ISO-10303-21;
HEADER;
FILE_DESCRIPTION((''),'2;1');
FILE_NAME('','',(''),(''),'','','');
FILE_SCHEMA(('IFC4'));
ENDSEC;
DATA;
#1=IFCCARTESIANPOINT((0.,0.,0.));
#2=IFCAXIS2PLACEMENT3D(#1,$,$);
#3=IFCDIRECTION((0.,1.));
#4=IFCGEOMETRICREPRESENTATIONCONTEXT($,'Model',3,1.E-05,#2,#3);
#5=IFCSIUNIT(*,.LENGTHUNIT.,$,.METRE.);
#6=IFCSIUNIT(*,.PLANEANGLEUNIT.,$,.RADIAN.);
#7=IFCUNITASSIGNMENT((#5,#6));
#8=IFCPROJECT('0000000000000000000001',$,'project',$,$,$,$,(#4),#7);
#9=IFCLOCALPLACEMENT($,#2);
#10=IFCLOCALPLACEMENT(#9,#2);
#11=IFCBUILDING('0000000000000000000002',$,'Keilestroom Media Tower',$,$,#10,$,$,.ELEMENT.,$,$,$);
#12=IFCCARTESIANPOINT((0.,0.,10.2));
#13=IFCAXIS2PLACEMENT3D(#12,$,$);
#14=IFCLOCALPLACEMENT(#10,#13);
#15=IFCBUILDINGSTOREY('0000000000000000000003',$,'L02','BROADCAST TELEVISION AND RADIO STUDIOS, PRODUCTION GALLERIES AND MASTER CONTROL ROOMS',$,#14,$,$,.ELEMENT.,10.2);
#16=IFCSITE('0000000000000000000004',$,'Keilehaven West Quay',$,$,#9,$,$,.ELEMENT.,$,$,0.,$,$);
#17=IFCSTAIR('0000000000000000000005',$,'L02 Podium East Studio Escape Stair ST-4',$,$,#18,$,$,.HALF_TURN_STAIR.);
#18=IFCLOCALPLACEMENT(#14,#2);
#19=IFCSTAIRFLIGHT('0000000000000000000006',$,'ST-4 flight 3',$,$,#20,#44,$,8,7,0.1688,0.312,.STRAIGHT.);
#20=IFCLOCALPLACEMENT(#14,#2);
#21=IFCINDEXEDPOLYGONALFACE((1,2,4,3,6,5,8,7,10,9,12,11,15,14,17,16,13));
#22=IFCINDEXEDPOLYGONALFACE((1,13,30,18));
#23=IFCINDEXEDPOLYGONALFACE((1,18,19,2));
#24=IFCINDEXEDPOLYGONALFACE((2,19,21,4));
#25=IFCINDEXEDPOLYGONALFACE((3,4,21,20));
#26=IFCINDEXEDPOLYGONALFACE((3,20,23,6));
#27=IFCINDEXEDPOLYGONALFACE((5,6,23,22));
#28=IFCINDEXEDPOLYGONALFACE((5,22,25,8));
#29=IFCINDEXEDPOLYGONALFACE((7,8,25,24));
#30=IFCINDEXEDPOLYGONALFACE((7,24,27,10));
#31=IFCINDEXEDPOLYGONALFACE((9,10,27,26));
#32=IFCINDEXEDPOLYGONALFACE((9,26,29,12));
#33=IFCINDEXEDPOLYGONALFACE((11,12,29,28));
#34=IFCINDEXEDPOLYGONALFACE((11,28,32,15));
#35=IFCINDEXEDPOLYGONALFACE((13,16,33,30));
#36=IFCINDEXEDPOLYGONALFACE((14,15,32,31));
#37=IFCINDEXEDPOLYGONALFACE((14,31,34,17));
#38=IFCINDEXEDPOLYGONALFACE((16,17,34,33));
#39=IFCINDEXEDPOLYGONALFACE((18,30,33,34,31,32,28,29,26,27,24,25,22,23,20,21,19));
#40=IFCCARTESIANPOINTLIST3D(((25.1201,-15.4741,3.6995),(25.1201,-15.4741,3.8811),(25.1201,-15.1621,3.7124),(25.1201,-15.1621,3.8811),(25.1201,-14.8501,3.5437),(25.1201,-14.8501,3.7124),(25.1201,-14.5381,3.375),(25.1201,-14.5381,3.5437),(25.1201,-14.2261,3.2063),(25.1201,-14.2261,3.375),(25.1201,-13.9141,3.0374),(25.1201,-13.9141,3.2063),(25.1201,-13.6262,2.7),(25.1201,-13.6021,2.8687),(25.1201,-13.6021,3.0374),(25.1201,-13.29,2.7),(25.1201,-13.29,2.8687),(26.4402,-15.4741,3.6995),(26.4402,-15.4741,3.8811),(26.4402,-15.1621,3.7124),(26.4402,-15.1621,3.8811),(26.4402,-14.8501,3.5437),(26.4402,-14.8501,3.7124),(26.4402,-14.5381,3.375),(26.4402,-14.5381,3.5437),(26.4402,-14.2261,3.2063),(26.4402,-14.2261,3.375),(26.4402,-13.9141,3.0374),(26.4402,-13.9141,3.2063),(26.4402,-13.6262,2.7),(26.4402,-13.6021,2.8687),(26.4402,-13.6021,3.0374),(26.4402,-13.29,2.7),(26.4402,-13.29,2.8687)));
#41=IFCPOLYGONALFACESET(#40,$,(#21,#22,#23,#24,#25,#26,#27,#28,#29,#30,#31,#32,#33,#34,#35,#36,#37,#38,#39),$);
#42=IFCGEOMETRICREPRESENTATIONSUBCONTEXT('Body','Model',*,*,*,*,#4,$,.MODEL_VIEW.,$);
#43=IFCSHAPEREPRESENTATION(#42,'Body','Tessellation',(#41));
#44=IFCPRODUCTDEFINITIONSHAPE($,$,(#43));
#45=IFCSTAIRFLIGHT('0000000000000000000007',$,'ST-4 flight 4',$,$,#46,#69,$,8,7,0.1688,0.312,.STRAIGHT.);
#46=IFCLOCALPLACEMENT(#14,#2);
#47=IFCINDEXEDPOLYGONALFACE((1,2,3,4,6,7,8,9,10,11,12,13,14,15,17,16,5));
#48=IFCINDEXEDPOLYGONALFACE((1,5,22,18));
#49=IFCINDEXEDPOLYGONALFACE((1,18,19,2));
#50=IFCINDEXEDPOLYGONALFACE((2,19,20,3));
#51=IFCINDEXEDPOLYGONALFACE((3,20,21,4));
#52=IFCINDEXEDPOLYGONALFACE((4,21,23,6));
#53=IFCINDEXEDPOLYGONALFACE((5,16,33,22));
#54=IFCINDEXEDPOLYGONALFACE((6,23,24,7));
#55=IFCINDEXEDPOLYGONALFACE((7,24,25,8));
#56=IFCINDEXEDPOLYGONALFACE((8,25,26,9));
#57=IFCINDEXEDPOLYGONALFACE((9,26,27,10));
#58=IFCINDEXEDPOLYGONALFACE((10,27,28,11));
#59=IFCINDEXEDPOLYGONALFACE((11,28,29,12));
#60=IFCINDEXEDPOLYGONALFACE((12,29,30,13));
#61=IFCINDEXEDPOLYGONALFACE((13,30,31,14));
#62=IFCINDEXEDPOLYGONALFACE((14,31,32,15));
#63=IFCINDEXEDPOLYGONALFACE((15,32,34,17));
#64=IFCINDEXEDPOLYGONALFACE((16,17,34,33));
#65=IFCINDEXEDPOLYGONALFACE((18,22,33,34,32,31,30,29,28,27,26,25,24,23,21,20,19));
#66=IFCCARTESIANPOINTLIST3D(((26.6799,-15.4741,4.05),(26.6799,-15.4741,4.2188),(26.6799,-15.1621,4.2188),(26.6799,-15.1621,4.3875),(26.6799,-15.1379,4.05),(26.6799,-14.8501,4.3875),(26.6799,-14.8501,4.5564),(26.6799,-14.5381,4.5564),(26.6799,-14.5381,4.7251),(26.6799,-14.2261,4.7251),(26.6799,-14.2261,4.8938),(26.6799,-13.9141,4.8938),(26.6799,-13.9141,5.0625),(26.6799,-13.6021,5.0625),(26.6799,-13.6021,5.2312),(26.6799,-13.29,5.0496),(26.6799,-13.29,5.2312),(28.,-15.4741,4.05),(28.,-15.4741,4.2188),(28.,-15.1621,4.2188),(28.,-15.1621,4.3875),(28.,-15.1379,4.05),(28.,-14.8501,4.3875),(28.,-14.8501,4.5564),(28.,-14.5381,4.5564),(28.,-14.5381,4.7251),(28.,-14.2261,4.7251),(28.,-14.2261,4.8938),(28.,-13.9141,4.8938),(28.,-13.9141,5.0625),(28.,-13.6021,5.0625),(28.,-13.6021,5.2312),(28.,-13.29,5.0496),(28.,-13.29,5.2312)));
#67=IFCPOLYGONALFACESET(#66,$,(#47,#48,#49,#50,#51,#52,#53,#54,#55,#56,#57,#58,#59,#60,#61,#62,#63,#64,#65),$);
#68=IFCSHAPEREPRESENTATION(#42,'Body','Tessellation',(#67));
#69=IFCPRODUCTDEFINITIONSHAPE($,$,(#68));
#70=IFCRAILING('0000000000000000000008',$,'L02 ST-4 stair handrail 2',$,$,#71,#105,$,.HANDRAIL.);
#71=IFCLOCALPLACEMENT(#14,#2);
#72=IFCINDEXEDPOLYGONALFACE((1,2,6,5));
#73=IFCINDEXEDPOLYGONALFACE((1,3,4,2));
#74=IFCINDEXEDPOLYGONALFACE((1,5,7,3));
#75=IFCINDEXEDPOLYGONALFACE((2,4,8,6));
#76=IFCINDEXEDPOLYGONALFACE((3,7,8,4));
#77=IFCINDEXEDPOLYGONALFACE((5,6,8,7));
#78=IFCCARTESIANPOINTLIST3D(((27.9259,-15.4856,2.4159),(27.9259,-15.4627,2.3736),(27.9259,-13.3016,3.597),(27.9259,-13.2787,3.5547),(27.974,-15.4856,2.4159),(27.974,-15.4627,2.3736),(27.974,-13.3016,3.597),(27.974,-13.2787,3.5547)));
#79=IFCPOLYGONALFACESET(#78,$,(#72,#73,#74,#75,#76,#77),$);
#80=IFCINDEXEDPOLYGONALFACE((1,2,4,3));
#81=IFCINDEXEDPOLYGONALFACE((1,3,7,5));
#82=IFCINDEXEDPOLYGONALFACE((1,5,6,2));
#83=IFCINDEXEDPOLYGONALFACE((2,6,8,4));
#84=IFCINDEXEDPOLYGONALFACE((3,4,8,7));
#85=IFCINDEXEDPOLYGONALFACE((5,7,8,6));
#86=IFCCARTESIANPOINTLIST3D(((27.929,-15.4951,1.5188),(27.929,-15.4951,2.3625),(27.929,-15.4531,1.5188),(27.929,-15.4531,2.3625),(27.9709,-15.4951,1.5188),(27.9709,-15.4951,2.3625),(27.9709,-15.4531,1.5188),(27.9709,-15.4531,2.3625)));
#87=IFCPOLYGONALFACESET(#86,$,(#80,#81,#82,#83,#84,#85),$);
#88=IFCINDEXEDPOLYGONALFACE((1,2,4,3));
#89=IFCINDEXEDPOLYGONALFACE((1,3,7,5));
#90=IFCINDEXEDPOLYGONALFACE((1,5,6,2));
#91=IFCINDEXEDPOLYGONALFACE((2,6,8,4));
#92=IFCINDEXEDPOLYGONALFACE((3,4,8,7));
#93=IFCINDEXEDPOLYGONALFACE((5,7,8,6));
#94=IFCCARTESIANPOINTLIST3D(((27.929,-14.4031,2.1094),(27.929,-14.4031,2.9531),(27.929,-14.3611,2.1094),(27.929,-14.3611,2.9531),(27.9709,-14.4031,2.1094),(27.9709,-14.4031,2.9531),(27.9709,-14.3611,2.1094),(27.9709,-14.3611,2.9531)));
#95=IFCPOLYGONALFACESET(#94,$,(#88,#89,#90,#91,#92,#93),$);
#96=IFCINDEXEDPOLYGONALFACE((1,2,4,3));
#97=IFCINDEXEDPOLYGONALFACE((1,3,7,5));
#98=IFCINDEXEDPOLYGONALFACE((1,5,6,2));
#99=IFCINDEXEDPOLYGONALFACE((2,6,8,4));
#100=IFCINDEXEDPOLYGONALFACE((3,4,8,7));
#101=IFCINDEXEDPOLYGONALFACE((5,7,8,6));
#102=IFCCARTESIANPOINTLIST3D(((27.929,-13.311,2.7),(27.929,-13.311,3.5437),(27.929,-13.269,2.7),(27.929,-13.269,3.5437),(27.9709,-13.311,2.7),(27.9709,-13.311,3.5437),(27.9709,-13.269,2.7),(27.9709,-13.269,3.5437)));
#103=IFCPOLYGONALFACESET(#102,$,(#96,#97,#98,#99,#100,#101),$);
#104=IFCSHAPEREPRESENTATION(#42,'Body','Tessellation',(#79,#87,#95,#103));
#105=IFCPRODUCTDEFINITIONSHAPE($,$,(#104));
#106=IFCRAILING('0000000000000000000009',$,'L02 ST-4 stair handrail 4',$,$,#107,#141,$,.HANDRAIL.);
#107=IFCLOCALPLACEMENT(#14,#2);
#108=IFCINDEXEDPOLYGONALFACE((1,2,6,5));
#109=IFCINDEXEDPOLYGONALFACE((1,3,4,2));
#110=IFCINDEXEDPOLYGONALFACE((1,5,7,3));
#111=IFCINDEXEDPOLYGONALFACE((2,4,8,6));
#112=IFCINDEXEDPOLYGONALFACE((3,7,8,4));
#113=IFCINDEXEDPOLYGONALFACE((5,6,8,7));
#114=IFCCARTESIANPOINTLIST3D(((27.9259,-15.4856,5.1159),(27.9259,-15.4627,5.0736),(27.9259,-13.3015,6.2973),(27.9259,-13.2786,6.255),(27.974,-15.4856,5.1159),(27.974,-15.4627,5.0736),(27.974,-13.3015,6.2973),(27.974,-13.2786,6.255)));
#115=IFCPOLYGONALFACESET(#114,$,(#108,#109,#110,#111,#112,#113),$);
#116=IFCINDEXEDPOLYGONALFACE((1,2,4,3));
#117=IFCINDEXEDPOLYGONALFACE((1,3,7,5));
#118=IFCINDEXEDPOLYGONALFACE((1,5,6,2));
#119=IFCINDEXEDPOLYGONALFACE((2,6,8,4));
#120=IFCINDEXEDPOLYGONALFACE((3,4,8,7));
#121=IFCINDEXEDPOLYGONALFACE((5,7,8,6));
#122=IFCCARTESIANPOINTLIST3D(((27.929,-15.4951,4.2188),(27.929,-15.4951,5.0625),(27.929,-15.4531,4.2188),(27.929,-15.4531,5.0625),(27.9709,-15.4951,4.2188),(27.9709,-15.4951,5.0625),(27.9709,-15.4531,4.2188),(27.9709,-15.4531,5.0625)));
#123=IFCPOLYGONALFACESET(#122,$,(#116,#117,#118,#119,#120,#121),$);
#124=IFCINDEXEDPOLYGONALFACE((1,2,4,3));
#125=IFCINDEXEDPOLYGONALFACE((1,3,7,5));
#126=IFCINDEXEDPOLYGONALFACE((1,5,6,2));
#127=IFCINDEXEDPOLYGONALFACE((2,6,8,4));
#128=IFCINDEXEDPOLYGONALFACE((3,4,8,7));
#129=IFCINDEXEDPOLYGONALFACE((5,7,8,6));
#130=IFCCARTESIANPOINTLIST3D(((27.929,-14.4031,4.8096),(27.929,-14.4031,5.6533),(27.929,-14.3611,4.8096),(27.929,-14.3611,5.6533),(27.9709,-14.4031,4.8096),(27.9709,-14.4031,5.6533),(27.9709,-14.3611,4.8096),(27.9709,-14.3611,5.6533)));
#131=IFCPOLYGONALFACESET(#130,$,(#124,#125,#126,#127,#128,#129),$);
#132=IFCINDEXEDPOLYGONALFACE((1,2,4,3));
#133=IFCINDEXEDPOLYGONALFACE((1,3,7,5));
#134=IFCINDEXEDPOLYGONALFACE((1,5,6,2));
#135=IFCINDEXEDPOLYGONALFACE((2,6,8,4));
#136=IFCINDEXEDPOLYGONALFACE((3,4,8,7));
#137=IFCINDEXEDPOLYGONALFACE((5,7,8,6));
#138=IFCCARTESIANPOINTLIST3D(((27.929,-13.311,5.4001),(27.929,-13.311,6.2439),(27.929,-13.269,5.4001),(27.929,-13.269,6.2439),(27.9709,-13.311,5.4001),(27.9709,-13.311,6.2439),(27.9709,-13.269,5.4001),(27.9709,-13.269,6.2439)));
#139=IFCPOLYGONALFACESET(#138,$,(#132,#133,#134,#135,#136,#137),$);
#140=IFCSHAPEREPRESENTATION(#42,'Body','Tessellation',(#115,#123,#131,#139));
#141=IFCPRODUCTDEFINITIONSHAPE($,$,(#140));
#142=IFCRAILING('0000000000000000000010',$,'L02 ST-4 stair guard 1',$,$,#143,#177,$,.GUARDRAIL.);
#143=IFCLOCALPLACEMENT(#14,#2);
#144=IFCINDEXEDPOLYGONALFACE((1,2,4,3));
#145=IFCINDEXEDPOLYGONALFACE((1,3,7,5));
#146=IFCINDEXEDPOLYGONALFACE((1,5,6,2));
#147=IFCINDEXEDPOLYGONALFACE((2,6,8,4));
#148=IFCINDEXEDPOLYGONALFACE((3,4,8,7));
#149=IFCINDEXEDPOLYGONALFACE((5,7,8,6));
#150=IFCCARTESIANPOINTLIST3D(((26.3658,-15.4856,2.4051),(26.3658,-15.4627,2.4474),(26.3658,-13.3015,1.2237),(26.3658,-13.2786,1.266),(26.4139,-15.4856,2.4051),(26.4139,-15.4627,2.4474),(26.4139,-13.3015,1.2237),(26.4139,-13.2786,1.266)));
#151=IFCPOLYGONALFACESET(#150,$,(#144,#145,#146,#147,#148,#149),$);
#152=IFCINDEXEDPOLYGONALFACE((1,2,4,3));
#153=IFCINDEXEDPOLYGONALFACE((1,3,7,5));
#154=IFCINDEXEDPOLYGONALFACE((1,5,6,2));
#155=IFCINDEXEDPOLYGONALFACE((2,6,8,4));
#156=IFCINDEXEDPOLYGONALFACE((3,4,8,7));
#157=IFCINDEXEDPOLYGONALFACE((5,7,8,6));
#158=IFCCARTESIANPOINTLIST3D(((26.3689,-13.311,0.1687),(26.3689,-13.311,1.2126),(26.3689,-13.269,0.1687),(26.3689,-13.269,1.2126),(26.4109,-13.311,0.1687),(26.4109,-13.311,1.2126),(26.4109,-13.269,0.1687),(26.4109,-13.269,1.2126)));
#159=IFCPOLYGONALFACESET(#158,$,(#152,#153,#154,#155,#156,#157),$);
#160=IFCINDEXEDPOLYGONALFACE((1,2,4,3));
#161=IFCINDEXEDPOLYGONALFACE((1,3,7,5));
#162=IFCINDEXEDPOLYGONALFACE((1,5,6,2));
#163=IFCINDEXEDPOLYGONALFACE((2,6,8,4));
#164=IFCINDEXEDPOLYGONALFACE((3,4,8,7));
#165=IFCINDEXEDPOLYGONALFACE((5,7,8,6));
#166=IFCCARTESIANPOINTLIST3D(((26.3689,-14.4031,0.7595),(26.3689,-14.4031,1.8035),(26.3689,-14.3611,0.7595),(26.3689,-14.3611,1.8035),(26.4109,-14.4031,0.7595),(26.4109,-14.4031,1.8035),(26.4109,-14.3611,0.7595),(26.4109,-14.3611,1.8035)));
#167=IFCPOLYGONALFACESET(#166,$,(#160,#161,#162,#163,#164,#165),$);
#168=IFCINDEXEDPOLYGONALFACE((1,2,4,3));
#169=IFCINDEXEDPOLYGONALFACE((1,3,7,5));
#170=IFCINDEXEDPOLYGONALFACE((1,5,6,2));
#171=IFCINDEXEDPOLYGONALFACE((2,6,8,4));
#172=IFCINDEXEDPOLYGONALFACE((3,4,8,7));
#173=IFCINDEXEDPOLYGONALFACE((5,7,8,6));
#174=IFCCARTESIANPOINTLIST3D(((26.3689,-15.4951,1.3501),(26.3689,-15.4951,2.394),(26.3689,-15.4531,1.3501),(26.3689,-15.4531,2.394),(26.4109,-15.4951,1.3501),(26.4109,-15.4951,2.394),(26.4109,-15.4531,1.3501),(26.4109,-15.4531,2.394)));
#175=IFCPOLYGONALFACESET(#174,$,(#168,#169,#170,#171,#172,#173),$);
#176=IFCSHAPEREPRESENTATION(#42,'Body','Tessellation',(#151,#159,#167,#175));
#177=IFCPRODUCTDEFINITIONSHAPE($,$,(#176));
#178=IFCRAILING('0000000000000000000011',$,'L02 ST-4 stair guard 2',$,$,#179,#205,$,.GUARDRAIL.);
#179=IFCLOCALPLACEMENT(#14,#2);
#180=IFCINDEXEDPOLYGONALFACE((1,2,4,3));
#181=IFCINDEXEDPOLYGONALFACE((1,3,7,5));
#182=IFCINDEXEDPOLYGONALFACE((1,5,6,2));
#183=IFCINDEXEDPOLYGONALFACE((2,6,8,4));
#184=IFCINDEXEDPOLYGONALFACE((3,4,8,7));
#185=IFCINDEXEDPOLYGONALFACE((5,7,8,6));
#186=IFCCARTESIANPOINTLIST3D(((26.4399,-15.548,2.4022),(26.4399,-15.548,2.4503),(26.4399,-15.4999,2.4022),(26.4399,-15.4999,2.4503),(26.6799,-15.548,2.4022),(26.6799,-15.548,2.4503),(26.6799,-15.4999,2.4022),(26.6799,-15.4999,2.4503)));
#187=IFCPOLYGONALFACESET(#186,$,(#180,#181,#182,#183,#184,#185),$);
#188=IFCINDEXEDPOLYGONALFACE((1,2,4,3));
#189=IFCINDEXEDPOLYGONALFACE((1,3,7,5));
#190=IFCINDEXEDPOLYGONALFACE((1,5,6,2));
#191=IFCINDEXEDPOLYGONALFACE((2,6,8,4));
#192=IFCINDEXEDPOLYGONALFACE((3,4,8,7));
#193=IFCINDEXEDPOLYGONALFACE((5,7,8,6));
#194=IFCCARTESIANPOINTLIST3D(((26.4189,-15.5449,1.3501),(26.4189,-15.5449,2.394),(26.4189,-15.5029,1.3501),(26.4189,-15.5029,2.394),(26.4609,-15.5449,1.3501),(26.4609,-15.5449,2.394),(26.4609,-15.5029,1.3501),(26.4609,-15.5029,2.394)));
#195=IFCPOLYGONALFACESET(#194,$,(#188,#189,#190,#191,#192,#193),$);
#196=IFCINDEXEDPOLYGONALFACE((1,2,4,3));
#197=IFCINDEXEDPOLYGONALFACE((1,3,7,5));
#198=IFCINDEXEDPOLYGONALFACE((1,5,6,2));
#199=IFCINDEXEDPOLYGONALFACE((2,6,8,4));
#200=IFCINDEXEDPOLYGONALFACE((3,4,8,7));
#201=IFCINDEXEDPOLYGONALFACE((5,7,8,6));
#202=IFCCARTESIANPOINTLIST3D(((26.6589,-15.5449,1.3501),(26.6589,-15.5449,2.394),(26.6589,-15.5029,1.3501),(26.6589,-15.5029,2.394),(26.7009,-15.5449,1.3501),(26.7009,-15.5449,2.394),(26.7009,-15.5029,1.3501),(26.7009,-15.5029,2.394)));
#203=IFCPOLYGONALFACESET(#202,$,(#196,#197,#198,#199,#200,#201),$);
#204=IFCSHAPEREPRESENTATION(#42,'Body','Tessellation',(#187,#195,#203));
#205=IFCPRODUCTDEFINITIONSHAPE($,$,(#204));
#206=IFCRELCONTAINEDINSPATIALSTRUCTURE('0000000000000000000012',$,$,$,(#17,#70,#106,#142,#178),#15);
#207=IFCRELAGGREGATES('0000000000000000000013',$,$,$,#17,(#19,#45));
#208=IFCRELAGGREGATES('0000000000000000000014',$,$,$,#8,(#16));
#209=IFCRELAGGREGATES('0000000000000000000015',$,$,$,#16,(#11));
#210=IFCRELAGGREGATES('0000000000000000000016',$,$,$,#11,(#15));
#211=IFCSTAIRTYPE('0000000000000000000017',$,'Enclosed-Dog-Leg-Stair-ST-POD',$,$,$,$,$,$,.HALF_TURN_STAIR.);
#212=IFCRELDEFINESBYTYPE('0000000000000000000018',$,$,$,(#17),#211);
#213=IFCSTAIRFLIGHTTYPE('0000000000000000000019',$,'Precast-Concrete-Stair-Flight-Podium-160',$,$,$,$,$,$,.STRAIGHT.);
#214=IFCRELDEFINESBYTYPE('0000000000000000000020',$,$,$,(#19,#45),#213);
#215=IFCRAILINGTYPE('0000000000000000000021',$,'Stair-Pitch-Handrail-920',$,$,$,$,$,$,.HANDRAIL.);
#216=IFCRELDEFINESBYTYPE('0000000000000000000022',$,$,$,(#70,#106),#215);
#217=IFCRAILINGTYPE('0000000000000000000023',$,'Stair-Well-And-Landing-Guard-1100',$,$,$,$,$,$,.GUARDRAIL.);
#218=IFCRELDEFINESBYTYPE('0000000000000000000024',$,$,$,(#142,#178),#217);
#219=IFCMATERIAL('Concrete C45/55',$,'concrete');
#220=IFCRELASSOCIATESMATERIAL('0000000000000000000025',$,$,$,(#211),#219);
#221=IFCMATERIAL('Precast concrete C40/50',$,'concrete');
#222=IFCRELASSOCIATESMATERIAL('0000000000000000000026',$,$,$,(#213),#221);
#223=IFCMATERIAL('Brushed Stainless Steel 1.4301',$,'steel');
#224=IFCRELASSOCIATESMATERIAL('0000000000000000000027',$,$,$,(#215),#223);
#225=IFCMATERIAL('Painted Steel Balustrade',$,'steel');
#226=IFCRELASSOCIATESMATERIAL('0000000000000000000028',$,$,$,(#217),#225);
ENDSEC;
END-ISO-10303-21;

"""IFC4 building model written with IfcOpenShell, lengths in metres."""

from ifc_helpers import new_model, si_unit, direction, frame, origin, origin_2d, place, context, subcontext, project, spatial, polyline, rectangle, outline, extrude, material, type_object, element, aggregate, save


model = new_model("IFC4")

# Units and contexts
model_context = context("Model", 3, precision=1e-05, world=origin(), true_north=direction((0.0, 1.0)))
body_context = subcontext(model_context, "Body", "Model", "MODEL_VIEW")
ifc_project = project(units=[si_unit("LENGTHUNIT", "METRE"), si_unit("PLANEANGLEUNIT", "RADIAN")], contexts=[model_context])

# Site, building, storey
site_placement = place(None, origin())
site = spatial("IfcSite", under=ifc_project, at=site_placement, Name="Keilehaven West Quay", CompositionType="ELEMENT", RefElevation=0.0)
building_placement = place(site_placement, origin())
building = spatial("IfcBuilding", under=site, at=building_placement, Name="Keilestroom Media Tower", CompositionType="ELEMENT")
storey_placement = place(building_placement, frame((0.0, 0.0, 10.2)))
storey = spatial("IfcBuildingStorey", under=building, at=storey_placement, Name="L02", Description="BROADCAST TELEVISION AND RADIO STUDIOS, PRODUCTION GALLERIES AND MASTER CONTROL ROOMS", CompositionType="ELEMENT", Elevation=10.2)

# Shared definitions
ifc_material_1 = material(Name="Precast concrete C40/50", Category="concrete")

# Stair, stair flights
ifc_material_2 = material(Name="Concrete C45/55", Category="concrete")
stair_type = type_object("IfcStairType", Name="Enclosed-Dog-Leg-Stair-ST-POD", PredefinedType="HALF_TURN_STAIR", material=ifc_material_2)
stair_placement = place(storey_placement, origin())
stair = element("IfcStair", 1, at=stair_placement, inside=storey, type_object=stair_type, Name="L02 Podium East Studio Escape Stair ST-4", PredefinedType="HALF_TURN_STAIR")
stair_flight_type = type_object("IfcStairFlightType", Name="Precast-Concrete-Stair-Flight-Podium-160", PredefinedType="STRAIGHT", material=ifc_material_1)
stair_flight_1_placement = place(storey_placement, frame((25.78, -13.29, 2.7), z_axis=(0.0, 0.0, 1.0), x_axis=(0.0, -1.0, 0.0)))
stair_flight_1 = element("IfcStairFlight", 2, at=stair_flight_1_placement, type_object=stair_flight_type, Name="ST-4 flight 3", NumberOfRisers=8, NumberOfTreads=7, PredefinedType="STRAIGHT", RiserHeight=0.1688, TreadLength=0.312, context=body_context, shape_type="SweptSolid", body=[
    extrude(outline(polyline([(0.0, 0.0), (0.0, 0.1687), (0.312, 0.1687), (0.312, 0.3374), (0.624, 0.3374), (0.624, 0.5063), (0.936, 0.5063), (0.936, 0.675), (1.248, 0.675), (1.248, 0.8438), (1.5601, 0.8438), (1.5601, 1.0125), (1.8721, 1.0125), (1.8721, 1.1812), (2.1841, 1.1812), (2.1841, 1.3501), (2.1841, 0.9995), (0.3362, 0.0), (0.0, 0.0)])), frame((0.0, 0.6602, 0.0), z_axis=(0.0, -1.0, 0.0), x_axis=(1.0, 0.0, 0.0)), (0.0, 0.0, 1.0), 1.3201),
])
stair_flight_2_placement = place(storey_placement, frame((27.3401, -15.4741, 4.05), z_axis=(0.0, 0.0, 1.0), x_axis=(0.0, 1.0, 0.0)))
stair_flight_2 = element("IfcStairFlight", 3, at=stair_flight_2_placement, type_object=stair_flight_type, Name="ST-4 flight 4", NumberOfRisers=8, NumberOfTreads=7, PredefinedType="STRAIGHT", RiserHeight=0.1688, TreadLength=0.312, context=body_context, shape_type="SweptSolid", body=[
    extrude(outline(polyline([(0.0, 0.0), (0.0, 0.1687), (0.312, 0.1687), (0.312, 0.3374), (0.624, 0.3374), (0.624, 0.5063), (0.936, 0.5063), (0.936, 0.675), (1.248, 0.675), (1.248, 0.8438), (1.5601, 0.8438), (1.5601, 1.0125), (1.8721, 1.0125), (1.8721, 1.1812), (2.1841, 1.1812), (2.1841, 1.3501), (2.1841, 0.9995), (0.3362, 0.0), (0.0, 0.0)])), frame((0.0, 0.6602, 0.0), z_axis=(0.0, -1.0, 0.0), x_axis=(1.0, 0.0, 0.0)), (0.0, 0.0, 1.0), 1.3201),
])
aggregate(stair, [stair_flight_1, stair_flight_2])

# Railings
ifc_material_3 = material(Name="Brushed Stainless Steel 1.4301", Category="steel")
railing_type_1 = type_object("IfcRailingType", Name="Stair-Pitch-Handrail-920", PredefinedType="HANDRAIL", material=ifc_material_3)
railing_1_placement = place(storey_placement, frame((27.95, -15.4741, 1.5188)))
element("IfcRailing", 4, at=railing_1_placement, inside=storey, type_object=railing_type_1, Name="L02 ST-4 stair handrail 2", PredefinedType="HANDRAIL", context=body_context, shape_type="SweptSolid", body=[
    extrude(rectangle(XDim=0.0481, YDim=0.0481, at=origin_2d()), frame((0.0, 0.0, 0.876), z_axis=(0.0, 0.879611, 0.475694), x_axis=(-1.0, 0.0, 0.0)), (0.0, 0.0, 1.0), 2.4829),
    extrude(rectangle(XDim=0.042, YDim=0.042, at=origin_2d()), origin(), (0.0, 0.0, 1.0), 0.8438),
    extrude(rectangle(XDim=0.042, YDim=0.042, at=origin_2d()), frame((0.0, 1.092, 0.5906)), (0.0, 0.0, 1.0), 0.8438),
    extrude(rectangle(XDim=0.042, YDim=0.042, at=origin_2d()), frame((0.0, 2.1841, 1.1812)), (0.0, 0.0, 1.0), 0.8438),
])
railing_2_placement = place(storey_placement, frame((27.95, -15.4741, 4.2188)))
element("IfcRailing", 5, at=railing_2_placement, inside=storey, type_object=railing_type_1, Name="L02 ST-4 stair handrail 4", PredefinedType="HANDRAIL", context=body_context, shape_type="SweptSolid", body=[
    extrude(rectangle(XDim=0.0481, YDim=0.0481, at=origin_2d()), frame((0.0, 0.0, 0.876), z_axis=(0.0, 0.87957, 0.47577), x_axis=(-1.0, 0.0, 0.0)), (0.0, 0.0, 1.0), 2.4832),
    extrude(rectangle(XDim=0.042, YDim=0.042, at=origin_2d()), origin(), (0.0, 0.0, 1.0), 0.8438),
    extrude(rectangle(XDim=0.042, YDim=0.042, at=origin_2d()), frame((0.0, 1.092, 0.5908)), (0.0, 0.0, 1.0), 0.8438),
    extrude(rectangle(XDim=0.042, YDim=0.042, at=origin_2d()), frame((0.0, 2.1841, 1.1814)), (0.0, 0.0, 1.0), 0.8438),
])
ifc_material_4 = material(Name="Painted Steel Balustrade", Category="steel")
railing_type_2 = type_object("IfcRailingType", Name="Stair-Well-And-Landing-Guard-1100", PredefinedType="GUARDRAIL", material=ifc_material_4)
railing_3_placement = place(storey_placement, frame((26.3899, -13.29, 0.1687)))
element("IfcRailing", 6, at=railing_3_placement, inside=storey, type_object=railing_type_2, Name="L02 ST-4 stair guard 1", PredefinedType="GUARDRAIL", context=body_context, shape_type="SweptSolid", body=[
    extrude(rectangle(XDim=0.0481, YDim=0.0481, at=origin_2d()), frame((0.0, 0.0, 1.0762), z_axis=(0.0, -0.87957, 0.47577), x_axis=(1.0, 0.0, 0.0)), (0.0, 0.0, 1.0), 2.4832),
    extrude(rectangle(XDim=0.042, YDim=0.042, at=origin_2d()), origin(), (0.0, 0.0, 1.0), 1.0439),
    extrude(rectangle(XDim=0.042, YDim=0.042, at=origin_2d()), frame((0.0, -1.092, 0.5908)), (0.0, 0.0, 1.0), 1.0439),
    extrude(rectangle(XDim=0.042, YDim=0.042, at=origin_2d()), frame((0.0, -2.1841, 1.1814)), (0.0, 0.0, 1.0), 1.0439),
])
railing_4_placement = place(storey_placement, frame((26.4399, -15.5239, 1.3501)))
element("IfcRailing", 7, at=railing_4_placement, inside=storey, type_object=railing_type_2, Name="L02 ST-4 stair guard 2", PredefinedType="GUARDRAIL", context=body_context, shape_type="SweptSolid", body=[
    extrude(rectangle(XDim=0.0481, YDim=0.0481, at=origin_2d()), frame((0.0, 0.0, 1.0762), z_axis=(1.0, 0.0, 0.0), x_axis=(0.0, 1.0, 0.0)), (0.0, 0.0, 1.0), 0.24),
    extrude(rectangle(XDim=0.042, YDim=0.042, at=origin_2d()), origin(), (0.0, 0.0, 1.0), 1.0439),
    extrude(rectangle(XDim=0.042, YDim=0.042, at=origin_2d()), frame((0.24, 0.0, 0.0)), (0.0, 0.0, 1.0), 1.0439),
])

save(model, "model.ifc")
